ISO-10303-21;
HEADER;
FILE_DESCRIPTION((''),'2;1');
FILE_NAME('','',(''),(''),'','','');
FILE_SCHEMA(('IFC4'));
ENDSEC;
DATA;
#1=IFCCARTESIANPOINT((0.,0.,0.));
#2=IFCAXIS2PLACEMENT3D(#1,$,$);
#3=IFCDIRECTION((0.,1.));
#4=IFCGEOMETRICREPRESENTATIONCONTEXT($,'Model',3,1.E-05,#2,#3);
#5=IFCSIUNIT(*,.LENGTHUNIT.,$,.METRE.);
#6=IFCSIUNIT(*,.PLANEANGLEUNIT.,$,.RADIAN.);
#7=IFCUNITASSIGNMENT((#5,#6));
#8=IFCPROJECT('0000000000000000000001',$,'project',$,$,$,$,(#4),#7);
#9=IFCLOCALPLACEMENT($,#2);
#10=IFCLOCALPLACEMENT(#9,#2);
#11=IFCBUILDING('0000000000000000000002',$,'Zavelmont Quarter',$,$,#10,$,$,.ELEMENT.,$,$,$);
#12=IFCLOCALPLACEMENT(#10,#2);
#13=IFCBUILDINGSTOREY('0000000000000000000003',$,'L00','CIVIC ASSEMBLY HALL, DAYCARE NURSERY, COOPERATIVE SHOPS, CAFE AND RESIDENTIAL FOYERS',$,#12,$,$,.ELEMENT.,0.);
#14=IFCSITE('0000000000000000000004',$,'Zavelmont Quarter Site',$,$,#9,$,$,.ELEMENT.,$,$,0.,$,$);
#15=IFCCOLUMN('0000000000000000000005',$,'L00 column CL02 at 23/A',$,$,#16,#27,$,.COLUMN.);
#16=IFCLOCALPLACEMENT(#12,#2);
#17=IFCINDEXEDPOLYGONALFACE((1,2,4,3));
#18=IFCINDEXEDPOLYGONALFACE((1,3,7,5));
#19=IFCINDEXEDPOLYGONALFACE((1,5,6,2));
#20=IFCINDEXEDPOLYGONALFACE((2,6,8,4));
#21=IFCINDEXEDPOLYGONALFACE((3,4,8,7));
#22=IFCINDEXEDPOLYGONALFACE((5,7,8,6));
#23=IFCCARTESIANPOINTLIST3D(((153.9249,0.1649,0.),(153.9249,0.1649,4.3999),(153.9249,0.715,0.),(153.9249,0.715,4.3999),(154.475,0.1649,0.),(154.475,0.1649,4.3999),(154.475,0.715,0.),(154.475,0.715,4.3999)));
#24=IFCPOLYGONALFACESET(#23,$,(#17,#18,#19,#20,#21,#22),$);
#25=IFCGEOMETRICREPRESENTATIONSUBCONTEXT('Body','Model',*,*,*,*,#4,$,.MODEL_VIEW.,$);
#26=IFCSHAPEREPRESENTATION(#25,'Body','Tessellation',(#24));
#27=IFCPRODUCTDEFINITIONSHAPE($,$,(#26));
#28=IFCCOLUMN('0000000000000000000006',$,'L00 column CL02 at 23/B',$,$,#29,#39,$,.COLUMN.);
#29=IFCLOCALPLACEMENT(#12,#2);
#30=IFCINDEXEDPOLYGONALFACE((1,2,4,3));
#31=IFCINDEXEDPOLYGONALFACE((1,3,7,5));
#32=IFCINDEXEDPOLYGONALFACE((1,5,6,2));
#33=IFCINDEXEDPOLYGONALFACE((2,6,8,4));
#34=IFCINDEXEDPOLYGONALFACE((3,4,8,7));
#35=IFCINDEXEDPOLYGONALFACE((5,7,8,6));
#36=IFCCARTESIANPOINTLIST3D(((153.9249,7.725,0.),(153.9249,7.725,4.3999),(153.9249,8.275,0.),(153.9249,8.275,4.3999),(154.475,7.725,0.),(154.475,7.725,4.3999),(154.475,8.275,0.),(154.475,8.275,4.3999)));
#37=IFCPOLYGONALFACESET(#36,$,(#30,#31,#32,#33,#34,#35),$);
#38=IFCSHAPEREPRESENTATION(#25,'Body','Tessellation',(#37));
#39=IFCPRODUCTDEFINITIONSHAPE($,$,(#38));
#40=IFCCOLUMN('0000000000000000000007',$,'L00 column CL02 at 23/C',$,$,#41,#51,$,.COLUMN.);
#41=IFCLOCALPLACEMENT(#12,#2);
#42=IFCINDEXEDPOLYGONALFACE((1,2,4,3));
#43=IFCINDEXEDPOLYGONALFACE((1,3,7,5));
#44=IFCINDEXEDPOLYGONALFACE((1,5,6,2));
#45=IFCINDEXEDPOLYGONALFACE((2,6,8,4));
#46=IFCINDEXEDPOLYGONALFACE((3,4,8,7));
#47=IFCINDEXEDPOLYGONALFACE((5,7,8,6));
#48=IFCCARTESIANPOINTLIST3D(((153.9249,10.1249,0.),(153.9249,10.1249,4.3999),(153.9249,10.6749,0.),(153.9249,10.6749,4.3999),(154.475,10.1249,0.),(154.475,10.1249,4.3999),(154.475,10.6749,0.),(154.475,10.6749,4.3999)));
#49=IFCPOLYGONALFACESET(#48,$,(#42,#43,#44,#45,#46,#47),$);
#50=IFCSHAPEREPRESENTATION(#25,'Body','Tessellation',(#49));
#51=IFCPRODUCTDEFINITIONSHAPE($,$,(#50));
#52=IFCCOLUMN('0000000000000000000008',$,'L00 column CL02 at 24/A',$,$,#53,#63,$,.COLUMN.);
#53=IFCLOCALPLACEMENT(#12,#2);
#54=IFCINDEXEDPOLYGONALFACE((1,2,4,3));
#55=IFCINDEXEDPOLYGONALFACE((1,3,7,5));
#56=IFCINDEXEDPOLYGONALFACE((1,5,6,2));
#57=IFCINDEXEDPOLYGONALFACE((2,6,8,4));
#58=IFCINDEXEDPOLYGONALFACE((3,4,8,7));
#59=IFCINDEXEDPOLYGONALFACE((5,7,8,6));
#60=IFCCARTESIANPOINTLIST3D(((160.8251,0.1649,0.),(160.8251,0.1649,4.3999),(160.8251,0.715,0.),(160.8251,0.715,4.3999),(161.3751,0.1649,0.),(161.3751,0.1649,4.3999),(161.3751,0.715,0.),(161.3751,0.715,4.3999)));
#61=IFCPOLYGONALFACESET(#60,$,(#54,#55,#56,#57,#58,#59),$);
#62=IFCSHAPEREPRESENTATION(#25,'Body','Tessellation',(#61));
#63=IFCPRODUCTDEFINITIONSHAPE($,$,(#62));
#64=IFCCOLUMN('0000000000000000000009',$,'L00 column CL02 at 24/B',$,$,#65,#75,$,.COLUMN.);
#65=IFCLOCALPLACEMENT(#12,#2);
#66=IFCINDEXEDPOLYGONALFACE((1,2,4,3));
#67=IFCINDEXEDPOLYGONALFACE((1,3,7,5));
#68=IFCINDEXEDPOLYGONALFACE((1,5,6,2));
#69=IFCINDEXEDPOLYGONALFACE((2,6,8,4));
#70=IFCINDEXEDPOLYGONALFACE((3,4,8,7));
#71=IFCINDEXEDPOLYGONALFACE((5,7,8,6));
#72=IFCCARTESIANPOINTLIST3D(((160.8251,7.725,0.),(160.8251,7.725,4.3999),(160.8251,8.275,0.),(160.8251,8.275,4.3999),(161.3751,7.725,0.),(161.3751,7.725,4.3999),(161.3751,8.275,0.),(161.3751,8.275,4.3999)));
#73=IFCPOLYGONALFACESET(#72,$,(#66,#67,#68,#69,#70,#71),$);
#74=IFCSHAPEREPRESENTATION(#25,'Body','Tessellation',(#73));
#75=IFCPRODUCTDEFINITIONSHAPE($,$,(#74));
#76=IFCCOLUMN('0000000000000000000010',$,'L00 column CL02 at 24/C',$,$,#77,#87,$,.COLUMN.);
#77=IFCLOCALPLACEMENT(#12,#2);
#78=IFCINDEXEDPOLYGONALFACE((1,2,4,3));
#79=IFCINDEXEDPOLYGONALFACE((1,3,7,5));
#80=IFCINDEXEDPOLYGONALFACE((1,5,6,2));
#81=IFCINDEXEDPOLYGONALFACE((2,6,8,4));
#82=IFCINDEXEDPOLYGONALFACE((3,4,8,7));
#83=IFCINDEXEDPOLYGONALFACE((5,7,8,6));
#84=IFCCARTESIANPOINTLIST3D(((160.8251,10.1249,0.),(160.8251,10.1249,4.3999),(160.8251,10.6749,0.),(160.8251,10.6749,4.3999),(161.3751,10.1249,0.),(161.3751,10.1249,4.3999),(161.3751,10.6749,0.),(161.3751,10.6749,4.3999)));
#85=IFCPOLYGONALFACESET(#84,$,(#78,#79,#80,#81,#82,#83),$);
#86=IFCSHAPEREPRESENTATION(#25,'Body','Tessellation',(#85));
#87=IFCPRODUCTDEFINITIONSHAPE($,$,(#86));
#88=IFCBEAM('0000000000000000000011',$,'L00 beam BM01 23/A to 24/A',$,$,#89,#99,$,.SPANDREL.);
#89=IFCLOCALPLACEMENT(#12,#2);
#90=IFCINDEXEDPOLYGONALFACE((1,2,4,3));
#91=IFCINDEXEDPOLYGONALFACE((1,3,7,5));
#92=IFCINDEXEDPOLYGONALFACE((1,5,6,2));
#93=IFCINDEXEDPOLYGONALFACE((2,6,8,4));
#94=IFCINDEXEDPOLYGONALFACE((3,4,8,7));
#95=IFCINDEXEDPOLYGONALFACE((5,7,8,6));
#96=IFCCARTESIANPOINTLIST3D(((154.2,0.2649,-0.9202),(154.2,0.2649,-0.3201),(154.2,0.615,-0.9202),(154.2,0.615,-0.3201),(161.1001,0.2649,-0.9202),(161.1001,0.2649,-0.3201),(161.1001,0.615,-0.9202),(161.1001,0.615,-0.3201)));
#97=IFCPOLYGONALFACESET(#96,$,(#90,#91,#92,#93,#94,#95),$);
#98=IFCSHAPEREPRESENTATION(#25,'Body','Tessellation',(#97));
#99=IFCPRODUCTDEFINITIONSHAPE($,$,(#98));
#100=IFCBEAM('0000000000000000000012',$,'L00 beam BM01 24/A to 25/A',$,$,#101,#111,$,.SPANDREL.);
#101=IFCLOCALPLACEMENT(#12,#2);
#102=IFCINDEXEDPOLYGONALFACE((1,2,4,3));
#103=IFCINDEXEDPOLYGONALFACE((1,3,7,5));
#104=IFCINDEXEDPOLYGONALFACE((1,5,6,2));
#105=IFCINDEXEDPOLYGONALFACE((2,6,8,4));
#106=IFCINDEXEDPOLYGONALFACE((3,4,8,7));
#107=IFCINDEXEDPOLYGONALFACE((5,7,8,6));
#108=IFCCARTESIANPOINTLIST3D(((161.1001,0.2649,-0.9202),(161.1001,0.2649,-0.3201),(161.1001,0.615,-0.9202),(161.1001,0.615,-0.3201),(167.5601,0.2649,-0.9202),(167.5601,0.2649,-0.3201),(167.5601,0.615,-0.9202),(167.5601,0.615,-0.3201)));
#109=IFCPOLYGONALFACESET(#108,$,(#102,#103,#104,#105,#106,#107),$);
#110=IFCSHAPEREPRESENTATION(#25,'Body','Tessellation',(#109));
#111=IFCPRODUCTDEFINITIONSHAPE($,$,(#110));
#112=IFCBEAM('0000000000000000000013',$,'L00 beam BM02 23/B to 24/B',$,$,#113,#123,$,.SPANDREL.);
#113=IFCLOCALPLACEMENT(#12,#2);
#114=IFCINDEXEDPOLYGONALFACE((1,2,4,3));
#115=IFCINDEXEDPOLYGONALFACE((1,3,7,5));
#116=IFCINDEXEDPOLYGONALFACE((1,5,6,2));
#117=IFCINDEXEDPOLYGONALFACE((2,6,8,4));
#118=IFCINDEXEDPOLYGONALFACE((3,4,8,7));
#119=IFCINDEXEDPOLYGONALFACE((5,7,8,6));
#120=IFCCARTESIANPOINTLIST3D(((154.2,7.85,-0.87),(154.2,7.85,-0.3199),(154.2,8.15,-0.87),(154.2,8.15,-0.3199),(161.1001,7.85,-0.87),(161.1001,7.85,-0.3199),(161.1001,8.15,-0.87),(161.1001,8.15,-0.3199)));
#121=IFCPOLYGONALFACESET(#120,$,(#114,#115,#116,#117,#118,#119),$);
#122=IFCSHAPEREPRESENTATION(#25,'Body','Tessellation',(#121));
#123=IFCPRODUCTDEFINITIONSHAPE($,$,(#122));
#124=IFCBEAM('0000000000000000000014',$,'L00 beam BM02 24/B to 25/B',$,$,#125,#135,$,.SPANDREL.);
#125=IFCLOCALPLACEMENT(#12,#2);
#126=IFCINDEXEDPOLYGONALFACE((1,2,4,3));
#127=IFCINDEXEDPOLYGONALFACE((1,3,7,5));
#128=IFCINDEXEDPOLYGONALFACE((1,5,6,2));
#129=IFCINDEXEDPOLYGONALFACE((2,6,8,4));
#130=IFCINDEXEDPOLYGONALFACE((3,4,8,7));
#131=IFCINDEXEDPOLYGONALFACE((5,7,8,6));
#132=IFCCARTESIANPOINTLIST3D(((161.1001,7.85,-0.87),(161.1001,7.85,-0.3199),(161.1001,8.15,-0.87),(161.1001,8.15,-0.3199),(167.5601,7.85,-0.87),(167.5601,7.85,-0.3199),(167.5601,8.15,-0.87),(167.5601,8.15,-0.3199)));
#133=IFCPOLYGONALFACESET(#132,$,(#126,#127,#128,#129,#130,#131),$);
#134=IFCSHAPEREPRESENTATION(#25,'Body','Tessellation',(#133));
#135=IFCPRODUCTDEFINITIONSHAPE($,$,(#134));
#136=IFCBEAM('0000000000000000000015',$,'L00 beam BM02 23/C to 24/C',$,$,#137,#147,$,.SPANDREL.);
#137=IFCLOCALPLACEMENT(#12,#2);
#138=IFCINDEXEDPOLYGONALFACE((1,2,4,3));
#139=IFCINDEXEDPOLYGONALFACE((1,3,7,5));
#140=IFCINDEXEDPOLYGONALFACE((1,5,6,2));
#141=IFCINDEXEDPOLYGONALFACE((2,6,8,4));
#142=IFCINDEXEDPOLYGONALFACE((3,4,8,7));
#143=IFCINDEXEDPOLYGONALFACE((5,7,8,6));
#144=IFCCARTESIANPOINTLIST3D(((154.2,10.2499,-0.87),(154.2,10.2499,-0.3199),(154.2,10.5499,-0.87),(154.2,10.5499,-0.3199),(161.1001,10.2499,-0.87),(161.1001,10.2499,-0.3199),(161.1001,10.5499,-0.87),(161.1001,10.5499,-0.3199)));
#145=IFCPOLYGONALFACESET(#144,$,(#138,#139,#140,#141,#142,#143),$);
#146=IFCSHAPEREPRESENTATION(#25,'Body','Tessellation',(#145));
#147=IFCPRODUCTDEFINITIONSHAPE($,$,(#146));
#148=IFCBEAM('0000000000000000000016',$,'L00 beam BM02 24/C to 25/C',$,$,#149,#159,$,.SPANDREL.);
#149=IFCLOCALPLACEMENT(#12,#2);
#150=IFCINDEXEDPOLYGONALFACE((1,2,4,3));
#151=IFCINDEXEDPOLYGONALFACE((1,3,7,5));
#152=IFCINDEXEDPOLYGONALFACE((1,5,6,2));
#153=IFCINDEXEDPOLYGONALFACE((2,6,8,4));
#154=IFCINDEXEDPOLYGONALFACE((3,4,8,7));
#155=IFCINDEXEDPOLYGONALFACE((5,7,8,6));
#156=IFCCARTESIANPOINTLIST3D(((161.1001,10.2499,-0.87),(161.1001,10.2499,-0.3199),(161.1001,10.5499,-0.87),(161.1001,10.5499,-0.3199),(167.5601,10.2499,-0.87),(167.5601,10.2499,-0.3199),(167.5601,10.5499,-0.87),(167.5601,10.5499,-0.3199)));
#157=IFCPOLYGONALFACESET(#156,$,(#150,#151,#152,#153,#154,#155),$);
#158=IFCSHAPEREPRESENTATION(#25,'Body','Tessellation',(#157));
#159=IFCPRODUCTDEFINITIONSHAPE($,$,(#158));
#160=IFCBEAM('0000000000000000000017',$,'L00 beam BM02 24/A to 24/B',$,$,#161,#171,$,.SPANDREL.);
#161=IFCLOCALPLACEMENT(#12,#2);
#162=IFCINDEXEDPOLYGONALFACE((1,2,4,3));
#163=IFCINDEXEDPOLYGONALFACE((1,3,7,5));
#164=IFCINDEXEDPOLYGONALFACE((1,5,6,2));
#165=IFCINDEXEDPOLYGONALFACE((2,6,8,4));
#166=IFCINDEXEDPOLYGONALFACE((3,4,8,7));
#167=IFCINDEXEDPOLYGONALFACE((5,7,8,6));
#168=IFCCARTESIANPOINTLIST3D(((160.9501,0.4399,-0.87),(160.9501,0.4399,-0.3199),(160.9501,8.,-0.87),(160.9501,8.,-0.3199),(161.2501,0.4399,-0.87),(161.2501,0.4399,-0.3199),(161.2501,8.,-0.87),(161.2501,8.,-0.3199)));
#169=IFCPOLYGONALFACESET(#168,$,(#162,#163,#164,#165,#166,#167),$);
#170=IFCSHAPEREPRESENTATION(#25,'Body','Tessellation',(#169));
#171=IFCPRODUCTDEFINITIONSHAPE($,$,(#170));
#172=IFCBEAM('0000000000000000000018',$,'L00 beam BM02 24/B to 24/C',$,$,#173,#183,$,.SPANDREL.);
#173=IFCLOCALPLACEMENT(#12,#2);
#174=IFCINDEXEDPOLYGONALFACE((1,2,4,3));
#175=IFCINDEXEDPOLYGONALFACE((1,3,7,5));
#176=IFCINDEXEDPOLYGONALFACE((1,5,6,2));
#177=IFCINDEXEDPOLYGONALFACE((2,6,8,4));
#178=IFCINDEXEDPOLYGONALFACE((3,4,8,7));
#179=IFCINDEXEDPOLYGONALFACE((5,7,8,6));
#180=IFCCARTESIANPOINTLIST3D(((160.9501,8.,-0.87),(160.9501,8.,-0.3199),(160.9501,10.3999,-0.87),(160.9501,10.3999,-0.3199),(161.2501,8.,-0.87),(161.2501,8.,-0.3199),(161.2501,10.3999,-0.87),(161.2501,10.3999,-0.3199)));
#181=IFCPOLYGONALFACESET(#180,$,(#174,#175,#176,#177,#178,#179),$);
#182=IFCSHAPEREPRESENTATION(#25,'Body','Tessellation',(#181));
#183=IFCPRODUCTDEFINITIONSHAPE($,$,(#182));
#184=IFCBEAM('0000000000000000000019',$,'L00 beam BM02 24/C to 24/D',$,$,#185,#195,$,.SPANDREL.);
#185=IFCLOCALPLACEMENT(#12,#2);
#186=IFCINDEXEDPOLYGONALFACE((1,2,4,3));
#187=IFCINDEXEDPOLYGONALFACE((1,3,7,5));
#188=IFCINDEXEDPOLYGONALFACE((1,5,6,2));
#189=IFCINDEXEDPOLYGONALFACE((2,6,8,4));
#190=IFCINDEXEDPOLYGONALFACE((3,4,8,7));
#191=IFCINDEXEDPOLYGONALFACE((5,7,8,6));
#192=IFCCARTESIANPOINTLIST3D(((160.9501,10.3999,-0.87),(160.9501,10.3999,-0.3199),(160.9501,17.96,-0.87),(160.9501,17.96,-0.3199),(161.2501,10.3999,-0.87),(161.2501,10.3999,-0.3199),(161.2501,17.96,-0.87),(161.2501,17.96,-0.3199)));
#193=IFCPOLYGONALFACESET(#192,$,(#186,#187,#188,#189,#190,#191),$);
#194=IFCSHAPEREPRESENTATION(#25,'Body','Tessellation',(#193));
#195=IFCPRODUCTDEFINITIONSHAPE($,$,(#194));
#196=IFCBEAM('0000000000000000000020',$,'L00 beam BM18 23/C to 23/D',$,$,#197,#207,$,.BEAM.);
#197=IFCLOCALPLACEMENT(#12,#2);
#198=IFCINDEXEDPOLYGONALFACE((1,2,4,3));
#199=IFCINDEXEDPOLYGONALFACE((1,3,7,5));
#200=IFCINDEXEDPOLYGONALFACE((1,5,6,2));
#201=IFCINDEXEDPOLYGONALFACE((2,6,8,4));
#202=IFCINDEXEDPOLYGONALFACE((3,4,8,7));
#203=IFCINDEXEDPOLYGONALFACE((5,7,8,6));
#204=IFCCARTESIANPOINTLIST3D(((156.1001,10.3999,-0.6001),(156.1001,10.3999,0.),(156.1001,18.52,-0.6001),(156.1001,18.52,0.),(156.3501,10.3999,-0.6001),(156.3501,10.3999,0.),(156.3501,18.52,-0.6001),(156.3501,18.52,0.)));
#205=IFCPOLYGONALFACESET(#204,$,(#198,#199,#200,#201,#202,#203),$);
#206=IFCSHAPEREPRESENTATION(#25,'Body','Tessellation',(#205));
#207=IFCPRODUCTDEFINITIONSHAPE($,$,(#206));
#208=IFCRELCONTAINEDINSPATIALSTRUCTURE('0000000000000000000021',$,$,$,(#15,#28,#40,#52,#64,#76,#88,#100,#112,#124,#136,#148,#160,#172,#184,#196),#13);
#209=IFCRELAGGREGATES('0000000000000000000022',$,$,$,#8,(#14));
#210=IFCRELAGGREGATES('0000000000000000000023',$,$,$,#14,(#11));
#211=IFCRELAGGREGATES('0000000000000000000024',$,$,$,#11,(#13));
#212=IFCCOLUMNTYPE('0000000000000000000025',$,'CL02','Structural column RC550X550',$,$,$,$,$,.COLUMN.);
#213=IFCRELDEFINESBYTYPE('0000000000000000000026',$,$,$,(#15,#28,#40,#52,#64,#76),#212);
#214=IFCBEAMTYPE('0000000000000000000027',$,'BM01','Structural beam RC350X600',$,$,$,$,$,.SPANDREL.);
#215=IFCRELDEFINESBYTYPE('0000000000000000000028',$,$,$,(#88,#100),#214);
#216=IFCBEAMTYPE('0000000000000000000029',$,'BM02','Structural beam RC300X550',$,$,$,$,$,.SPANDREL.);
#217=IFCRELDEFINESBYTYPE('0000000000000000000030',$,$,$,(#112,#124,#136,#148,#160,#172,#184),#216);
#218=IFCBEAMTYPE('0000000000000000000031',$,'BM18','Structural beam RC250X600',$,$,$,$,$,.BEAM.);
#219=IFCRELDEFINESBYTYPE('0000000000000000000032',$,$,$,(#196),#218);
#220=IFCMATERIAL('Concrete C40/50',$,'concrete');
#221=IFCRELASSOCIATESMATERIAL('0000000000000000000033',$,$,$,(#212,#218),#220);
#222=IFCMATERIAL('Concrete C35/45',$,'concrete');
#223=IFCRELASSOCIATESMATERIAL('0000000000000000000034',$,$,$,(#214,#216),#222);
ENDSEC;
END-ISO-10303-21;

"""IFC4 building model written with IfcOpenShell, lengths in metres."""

from ifc_helpers import new_model, si_unit, direction, frame, origin, origin_2d, place, context, subcontext, project, spatial, rectangle, extrude, material, material_profile, profile_set, type_object, element, save


model = new_model("IFC4")

# Units and contexts
model_context = context("Model", 3, precision=1e-05, world=origin(), true_north=direction((0.0, 1.0)))
body_context = subcontext(model_context, "Body", "Model", "MODEL_VIEW")
ifc_project = project(units=[si_unit("LENGTHUNIT", "METRE"), si_unit("PLANEANGLEUNIT", "RADIAN")], contexts=[model_context])

# Site, building, storey
site_placement = place(None, origin())
site = spatial("IfcSite", under=ifc_project, at=site_placement, Name="Zavelmont Quarter Site", CompositionType="ELEMENT", RefElevation=0.0)
building_placement = place(site_placement, origin())
building = spatial("IfcBuilding", under=site, at=building_placement, Name="Zavelmont Quarter", CompositionType="ELEMENT")
storey_placement = place(building_placement, origin())
storey = spatial("IfcBuildingStorey", under=building, at=storey_placement, Name="L00", Description="CIVIC ASSEMBLY HALL, DAYCARE NURSERY, COOPERATIVE SHOPS, CAFE AND RESIDENTIAL FOYERS", CompositionType="ELEMENT", Elevation=0.0)

# Columns
ifc_material_1 = material(Name="Concrete C40/50", Category="concrete")
ifc_material_profile_1 = material_profile(ifc_material_1, rectangle(XDim=0.55, YDim=0.55, at=origin_2d()), Name="RC550X550")
ifc_profile_set_1 = profile_set([ifc_material_profile_1], Name="Concrete C40/50")
column_type = type_object("IfcColumnType", Name="CL02", Description="Structural column RC550X550", PredefinedType="COLUMN", material=ifc_profile_set_1)
for number, where, z_axis, x_axis, name in (
    (1, (154.2, 0.4399, 0.0), (0.0, 0.0, 1.0), (1.0, 0.0, 0.0), "L00 column CL02 at 23/A"),
    (2, (154.2, 8.0, 0.0), (0.0, 0.0, 1.0), (1.0, 0.0, 0.0), "L00 column CL02 at 23/B"),
    (3, (154.2, 10.3999, 0.0), (0.0, 0.0, 1.0), (1.0, 0.0, 0.0), "L00 column CL02 at 23/C"),
    (4, (161.1001, 0.4399, 0.0), (0.0, 0.0, 1.0), (1.0, 0.0, 0.0), "L00 column CL02 at 24/A"),
    (5, (161.1001, 8.0, 0.0), (0.0, 0.0, 1.0), (1.0, 0.0, 0.0), "L00 column CL02 at 24/B"),
    (6, (161.1001, 10.3999, 0.0), (0.0, 0.0, 1.0), (1.0, 0.0, 0.0), "L00 column CL02 at 24/C"),
):
    element("IfcColumn", number, at=place(storey_placement, frame(where, z_axis=z_axis, x_axis=x_axis)), inside=storey, type_object=column_type, Name=name, PredefinedType="COLUMN", context=body_context, shape_type="SweptSolid", body=[
        extrude(rectangle(XDim=0.55, YDim=0.55, at=origin_2d()), origin(), (0.0, 0.0, 1.0), 4.3999),
    ])

# Beams
ifc_material_2 = material(Name="Concrete C35/45", Category="concrete")
ifc_material_profile_2 = material_profile(ifc_material_2, rectangle(XDim=0.3501, YDim=0.6001, at=origin_2d()), Name="RC350X600")
ifc_profile_set_2 = profile_set([ifc_material_profile_2], Name="Concrete C35/45")
beam_type_1 = type_object("IfcBeamType", Name="BM01", Description="Structural beam RC350X600", PredefinedType="SPANDREL", material=ifc_profile_set_2)
beam_1_placement = place(storey_placement, frame((154.2, 0.4399, -0.6201), z_axis=(1.0, 0.0, 0.0), x_axis=(0.0, 1.0, 0.0)))
element("IfcBeam", 7, at=beam_1_placement, inside=storey, type_object=beam_type_1, Name="L00 beam BM01 23/A to 24/A", PredefinedType="SPANDREL", context=body_context, shape_type="SweptSolid", body=[
    extrude(rectangle(XDim=0.3501, YDim=0.6001, at=origin_2d()), origin(), (0.0, 0.0, 1.0), 6.9001),
])
beam_2_placement = place(storey_placement, frame((161.1001, 0.4399, -0.6201), z_axis=(1.0, 0.0, 0.0), x_axis=(0.0, 1.0, 0.0)))
element("IfcBeam", 8, at=beam_2_placement, inside=storey, type_object=beam_type_1, Name="L00 beam BM01 24/A to 25/A", PredefinedType="SPANDREL", context=body_context, shape_type="SweptSolid", body=[
    extrude(rectangle(XDim=0.3501, YDim=0.6001, at=origin_2d()), origin(), (0.0, 0.0, 1.0), 6.46),
])
ifc_material_profile_3 = material_profile(ifc_material_2, rectangle(XDim=0.3, YDim=0.55, at=origin_2d()), Name="RC300X550")
ifc_profile_set_3 = profile_set([ifc_material_profile_3], Name="Concrete C35/45")
beam_type_2 = type_object("IfcBeamType", Name="BM02", Description="Structural beam RC300X550", PredefinedType="SPANDREL", material=ifc_profile_set_3)
beam_3_placement = place(storey_placement, frame((154.2, 8.0, -0.595), z_axis=(1.0, 0.0, 0.0), x_axis=(0.0, 1.0, 0.0)))
element("IfcBeam", 9, at=beam_3_placement, inside=storey, type_object=beam_type_2, Name="L00 beam BM02 23/B to 24/B", PredefinedType="SPANDREL", context=body_context, shape_type="SweptSolid", body=[
    extrude(rectangle(XDim=0.3, YDim=0.55, at=origin_2d()), origin(), (0.0, 0.0, 1.0), 6.9001),
])
beam_4_placement = place(storey_placement, frame((161.1001, 8.0, -0.595), z_axis=(1.0, 0.0, 0.0), x_axis=(0.0, 1.0, 0.0)))
element("IfcBeam", 10, at=beam_4_placement, inside=storey, type_object=beam_type_2, Name="L00 beam BM02 24/B to 25/B", PredefinedType="SPANDREL", context=body_context, shape_type="SweptSolid", body=[
    extrude(rectangle(XDim=0.3, YDim=0.55, at=origin_2d()), origin(), (0.0, 0.0, 1.0), 6.46),
])
beam_5_placement = place(storey_placement, frame((154.2, 10.3999, -0.595), z_axis=(1.0, 0.0, 0.0), x_axis=(0.0, 1.0, 0.0)))
element("IfcBeam", 11, at=beam_5_placement, inside=storey, type_object=beam_type_2, Name="L00 beam BM02 23/C to 24/C", PredefinedType="SPANDREL", context=body_context, shape_type="SweptSolid", body=[
    extrude(rectangle(XDim=0.3, YDim=0.55, at=origin_2d()), origin(), (0.0, 0.0, 1.0), 6.9001),
])
beam_6_placement = place(storey_placement, frame((161.1001, 10.3999, -0.595), z_axis=(1.0, 0.0, 0.0), x_axis=(0.0, 1.0, 0.0)))
element("IfcBeam", 12, at=beam_6_placement, inside=storey, type_object=beam_type_2, Name="L00 beam BM02 24/C to 25/C", PredefinedType="SPANDREL", context=body_context, shape_type="SweptSolid", body=[
    extrude(rectangle(XDim=0.3, YDim=0.55, at=origin_2d()), origin(), (0.0, 0.0, 1.0), 6.46),
])
beam_7_placement = place(storey_placement, frame((161.1001, 0.4399, -0.595), z_axis=(0.0, 1.0, 0.0), x_axis=(-1.0, 0.0, 0.0)))
element("IfcBeam", 13, at=beam_7_placement, inside=storey, type_object=beam_type_2, Name="L00 beam BM02 24/A to 24/B", PredefinedType="SPANDREL", context=body_context, shape_type="SweptSolid", body=[
    extrude(rectangle(XDim=0.3, YDim=0.55, at=origin_2d()), origin(), (0.0, 0.0, 1.0), 7.5601),
])
beam_8_placement = place(storey_placement, frame((161.1001, 8.0, -0.595), z_axis=(0.0, 1.0, 0.0), x_axis=(-1.0, 0.0, 0.0)))
element("IfcBeam", 14, at=beam_8_placement, inside=storey, type_object=beam_type_2, Name="L00 beam BM02 24/B to 24/C", PredefinedType="SPANDREL", context=body_context, shape_type="SweptSolid", body=[
    extrude(rectangle(XDim=0.3, YDim=0.55, at=origin_2d()), origin(), (0.0, 0.0, 1.0), 2.3999),
])
beam_9_placement = place(storey_placement, frame((161.1001, 10.3999, -0.595), z_axis=(0.0, 1.0, 0.0), x_axis=(-1.0, 0.0, 0.0)))
element("IfcBeam", 15, at=beam_9_placement, inside=storey, type_object=beam_type_2, Name="L00 beam BM02 24/C to 24/D", PredefinedType="SPANDREL", context=body_context, shape_type="SweptSolid", body=[
    extrude(rectangle(XDim=0.3, YDim=0.55, at=origin_2d()), origin(), (0.0, 0.0, 1.0), 7.5601),
])
ifc_material_profile_4 = material_profile(ifc_material_1, rectangle(XDim=0.25, YDim=0.6001, at=origin_2d()), Name="RC250X600")
ifc_profile_set_4 = profile_set([ifc_material_profile_4], Name="Concrete C40/50")
beam_type_3 = type_object("IfcBeamType", Name="BM18", Description="Structural beam RC250X600", PredefinedType="BEAM", material=ifc_profile_set_4)
beam_10_placement = place(storey_placement, frame((156.2251, 10.3999, -0.3), z_axis=(0.0, 1.0, 0.0), x_axis=(-1.0, 0.0, 0.0)))
element("IfcBeam", 16, at=beam_10_placement, inside=storey, type_object=beam_type_3, Name="L00 beam BM18 23/C to 23/D", PredefinedType="BEAM", context=body_context, shape_type="SweptSolid", body=[
    extrude(rectangle(XDim=0.25, YDim=0.6001, at=origin_2d()), origin(), (0.0, 0.0, 1.0), 8.1201),
])

save(model, "model.ifc")
